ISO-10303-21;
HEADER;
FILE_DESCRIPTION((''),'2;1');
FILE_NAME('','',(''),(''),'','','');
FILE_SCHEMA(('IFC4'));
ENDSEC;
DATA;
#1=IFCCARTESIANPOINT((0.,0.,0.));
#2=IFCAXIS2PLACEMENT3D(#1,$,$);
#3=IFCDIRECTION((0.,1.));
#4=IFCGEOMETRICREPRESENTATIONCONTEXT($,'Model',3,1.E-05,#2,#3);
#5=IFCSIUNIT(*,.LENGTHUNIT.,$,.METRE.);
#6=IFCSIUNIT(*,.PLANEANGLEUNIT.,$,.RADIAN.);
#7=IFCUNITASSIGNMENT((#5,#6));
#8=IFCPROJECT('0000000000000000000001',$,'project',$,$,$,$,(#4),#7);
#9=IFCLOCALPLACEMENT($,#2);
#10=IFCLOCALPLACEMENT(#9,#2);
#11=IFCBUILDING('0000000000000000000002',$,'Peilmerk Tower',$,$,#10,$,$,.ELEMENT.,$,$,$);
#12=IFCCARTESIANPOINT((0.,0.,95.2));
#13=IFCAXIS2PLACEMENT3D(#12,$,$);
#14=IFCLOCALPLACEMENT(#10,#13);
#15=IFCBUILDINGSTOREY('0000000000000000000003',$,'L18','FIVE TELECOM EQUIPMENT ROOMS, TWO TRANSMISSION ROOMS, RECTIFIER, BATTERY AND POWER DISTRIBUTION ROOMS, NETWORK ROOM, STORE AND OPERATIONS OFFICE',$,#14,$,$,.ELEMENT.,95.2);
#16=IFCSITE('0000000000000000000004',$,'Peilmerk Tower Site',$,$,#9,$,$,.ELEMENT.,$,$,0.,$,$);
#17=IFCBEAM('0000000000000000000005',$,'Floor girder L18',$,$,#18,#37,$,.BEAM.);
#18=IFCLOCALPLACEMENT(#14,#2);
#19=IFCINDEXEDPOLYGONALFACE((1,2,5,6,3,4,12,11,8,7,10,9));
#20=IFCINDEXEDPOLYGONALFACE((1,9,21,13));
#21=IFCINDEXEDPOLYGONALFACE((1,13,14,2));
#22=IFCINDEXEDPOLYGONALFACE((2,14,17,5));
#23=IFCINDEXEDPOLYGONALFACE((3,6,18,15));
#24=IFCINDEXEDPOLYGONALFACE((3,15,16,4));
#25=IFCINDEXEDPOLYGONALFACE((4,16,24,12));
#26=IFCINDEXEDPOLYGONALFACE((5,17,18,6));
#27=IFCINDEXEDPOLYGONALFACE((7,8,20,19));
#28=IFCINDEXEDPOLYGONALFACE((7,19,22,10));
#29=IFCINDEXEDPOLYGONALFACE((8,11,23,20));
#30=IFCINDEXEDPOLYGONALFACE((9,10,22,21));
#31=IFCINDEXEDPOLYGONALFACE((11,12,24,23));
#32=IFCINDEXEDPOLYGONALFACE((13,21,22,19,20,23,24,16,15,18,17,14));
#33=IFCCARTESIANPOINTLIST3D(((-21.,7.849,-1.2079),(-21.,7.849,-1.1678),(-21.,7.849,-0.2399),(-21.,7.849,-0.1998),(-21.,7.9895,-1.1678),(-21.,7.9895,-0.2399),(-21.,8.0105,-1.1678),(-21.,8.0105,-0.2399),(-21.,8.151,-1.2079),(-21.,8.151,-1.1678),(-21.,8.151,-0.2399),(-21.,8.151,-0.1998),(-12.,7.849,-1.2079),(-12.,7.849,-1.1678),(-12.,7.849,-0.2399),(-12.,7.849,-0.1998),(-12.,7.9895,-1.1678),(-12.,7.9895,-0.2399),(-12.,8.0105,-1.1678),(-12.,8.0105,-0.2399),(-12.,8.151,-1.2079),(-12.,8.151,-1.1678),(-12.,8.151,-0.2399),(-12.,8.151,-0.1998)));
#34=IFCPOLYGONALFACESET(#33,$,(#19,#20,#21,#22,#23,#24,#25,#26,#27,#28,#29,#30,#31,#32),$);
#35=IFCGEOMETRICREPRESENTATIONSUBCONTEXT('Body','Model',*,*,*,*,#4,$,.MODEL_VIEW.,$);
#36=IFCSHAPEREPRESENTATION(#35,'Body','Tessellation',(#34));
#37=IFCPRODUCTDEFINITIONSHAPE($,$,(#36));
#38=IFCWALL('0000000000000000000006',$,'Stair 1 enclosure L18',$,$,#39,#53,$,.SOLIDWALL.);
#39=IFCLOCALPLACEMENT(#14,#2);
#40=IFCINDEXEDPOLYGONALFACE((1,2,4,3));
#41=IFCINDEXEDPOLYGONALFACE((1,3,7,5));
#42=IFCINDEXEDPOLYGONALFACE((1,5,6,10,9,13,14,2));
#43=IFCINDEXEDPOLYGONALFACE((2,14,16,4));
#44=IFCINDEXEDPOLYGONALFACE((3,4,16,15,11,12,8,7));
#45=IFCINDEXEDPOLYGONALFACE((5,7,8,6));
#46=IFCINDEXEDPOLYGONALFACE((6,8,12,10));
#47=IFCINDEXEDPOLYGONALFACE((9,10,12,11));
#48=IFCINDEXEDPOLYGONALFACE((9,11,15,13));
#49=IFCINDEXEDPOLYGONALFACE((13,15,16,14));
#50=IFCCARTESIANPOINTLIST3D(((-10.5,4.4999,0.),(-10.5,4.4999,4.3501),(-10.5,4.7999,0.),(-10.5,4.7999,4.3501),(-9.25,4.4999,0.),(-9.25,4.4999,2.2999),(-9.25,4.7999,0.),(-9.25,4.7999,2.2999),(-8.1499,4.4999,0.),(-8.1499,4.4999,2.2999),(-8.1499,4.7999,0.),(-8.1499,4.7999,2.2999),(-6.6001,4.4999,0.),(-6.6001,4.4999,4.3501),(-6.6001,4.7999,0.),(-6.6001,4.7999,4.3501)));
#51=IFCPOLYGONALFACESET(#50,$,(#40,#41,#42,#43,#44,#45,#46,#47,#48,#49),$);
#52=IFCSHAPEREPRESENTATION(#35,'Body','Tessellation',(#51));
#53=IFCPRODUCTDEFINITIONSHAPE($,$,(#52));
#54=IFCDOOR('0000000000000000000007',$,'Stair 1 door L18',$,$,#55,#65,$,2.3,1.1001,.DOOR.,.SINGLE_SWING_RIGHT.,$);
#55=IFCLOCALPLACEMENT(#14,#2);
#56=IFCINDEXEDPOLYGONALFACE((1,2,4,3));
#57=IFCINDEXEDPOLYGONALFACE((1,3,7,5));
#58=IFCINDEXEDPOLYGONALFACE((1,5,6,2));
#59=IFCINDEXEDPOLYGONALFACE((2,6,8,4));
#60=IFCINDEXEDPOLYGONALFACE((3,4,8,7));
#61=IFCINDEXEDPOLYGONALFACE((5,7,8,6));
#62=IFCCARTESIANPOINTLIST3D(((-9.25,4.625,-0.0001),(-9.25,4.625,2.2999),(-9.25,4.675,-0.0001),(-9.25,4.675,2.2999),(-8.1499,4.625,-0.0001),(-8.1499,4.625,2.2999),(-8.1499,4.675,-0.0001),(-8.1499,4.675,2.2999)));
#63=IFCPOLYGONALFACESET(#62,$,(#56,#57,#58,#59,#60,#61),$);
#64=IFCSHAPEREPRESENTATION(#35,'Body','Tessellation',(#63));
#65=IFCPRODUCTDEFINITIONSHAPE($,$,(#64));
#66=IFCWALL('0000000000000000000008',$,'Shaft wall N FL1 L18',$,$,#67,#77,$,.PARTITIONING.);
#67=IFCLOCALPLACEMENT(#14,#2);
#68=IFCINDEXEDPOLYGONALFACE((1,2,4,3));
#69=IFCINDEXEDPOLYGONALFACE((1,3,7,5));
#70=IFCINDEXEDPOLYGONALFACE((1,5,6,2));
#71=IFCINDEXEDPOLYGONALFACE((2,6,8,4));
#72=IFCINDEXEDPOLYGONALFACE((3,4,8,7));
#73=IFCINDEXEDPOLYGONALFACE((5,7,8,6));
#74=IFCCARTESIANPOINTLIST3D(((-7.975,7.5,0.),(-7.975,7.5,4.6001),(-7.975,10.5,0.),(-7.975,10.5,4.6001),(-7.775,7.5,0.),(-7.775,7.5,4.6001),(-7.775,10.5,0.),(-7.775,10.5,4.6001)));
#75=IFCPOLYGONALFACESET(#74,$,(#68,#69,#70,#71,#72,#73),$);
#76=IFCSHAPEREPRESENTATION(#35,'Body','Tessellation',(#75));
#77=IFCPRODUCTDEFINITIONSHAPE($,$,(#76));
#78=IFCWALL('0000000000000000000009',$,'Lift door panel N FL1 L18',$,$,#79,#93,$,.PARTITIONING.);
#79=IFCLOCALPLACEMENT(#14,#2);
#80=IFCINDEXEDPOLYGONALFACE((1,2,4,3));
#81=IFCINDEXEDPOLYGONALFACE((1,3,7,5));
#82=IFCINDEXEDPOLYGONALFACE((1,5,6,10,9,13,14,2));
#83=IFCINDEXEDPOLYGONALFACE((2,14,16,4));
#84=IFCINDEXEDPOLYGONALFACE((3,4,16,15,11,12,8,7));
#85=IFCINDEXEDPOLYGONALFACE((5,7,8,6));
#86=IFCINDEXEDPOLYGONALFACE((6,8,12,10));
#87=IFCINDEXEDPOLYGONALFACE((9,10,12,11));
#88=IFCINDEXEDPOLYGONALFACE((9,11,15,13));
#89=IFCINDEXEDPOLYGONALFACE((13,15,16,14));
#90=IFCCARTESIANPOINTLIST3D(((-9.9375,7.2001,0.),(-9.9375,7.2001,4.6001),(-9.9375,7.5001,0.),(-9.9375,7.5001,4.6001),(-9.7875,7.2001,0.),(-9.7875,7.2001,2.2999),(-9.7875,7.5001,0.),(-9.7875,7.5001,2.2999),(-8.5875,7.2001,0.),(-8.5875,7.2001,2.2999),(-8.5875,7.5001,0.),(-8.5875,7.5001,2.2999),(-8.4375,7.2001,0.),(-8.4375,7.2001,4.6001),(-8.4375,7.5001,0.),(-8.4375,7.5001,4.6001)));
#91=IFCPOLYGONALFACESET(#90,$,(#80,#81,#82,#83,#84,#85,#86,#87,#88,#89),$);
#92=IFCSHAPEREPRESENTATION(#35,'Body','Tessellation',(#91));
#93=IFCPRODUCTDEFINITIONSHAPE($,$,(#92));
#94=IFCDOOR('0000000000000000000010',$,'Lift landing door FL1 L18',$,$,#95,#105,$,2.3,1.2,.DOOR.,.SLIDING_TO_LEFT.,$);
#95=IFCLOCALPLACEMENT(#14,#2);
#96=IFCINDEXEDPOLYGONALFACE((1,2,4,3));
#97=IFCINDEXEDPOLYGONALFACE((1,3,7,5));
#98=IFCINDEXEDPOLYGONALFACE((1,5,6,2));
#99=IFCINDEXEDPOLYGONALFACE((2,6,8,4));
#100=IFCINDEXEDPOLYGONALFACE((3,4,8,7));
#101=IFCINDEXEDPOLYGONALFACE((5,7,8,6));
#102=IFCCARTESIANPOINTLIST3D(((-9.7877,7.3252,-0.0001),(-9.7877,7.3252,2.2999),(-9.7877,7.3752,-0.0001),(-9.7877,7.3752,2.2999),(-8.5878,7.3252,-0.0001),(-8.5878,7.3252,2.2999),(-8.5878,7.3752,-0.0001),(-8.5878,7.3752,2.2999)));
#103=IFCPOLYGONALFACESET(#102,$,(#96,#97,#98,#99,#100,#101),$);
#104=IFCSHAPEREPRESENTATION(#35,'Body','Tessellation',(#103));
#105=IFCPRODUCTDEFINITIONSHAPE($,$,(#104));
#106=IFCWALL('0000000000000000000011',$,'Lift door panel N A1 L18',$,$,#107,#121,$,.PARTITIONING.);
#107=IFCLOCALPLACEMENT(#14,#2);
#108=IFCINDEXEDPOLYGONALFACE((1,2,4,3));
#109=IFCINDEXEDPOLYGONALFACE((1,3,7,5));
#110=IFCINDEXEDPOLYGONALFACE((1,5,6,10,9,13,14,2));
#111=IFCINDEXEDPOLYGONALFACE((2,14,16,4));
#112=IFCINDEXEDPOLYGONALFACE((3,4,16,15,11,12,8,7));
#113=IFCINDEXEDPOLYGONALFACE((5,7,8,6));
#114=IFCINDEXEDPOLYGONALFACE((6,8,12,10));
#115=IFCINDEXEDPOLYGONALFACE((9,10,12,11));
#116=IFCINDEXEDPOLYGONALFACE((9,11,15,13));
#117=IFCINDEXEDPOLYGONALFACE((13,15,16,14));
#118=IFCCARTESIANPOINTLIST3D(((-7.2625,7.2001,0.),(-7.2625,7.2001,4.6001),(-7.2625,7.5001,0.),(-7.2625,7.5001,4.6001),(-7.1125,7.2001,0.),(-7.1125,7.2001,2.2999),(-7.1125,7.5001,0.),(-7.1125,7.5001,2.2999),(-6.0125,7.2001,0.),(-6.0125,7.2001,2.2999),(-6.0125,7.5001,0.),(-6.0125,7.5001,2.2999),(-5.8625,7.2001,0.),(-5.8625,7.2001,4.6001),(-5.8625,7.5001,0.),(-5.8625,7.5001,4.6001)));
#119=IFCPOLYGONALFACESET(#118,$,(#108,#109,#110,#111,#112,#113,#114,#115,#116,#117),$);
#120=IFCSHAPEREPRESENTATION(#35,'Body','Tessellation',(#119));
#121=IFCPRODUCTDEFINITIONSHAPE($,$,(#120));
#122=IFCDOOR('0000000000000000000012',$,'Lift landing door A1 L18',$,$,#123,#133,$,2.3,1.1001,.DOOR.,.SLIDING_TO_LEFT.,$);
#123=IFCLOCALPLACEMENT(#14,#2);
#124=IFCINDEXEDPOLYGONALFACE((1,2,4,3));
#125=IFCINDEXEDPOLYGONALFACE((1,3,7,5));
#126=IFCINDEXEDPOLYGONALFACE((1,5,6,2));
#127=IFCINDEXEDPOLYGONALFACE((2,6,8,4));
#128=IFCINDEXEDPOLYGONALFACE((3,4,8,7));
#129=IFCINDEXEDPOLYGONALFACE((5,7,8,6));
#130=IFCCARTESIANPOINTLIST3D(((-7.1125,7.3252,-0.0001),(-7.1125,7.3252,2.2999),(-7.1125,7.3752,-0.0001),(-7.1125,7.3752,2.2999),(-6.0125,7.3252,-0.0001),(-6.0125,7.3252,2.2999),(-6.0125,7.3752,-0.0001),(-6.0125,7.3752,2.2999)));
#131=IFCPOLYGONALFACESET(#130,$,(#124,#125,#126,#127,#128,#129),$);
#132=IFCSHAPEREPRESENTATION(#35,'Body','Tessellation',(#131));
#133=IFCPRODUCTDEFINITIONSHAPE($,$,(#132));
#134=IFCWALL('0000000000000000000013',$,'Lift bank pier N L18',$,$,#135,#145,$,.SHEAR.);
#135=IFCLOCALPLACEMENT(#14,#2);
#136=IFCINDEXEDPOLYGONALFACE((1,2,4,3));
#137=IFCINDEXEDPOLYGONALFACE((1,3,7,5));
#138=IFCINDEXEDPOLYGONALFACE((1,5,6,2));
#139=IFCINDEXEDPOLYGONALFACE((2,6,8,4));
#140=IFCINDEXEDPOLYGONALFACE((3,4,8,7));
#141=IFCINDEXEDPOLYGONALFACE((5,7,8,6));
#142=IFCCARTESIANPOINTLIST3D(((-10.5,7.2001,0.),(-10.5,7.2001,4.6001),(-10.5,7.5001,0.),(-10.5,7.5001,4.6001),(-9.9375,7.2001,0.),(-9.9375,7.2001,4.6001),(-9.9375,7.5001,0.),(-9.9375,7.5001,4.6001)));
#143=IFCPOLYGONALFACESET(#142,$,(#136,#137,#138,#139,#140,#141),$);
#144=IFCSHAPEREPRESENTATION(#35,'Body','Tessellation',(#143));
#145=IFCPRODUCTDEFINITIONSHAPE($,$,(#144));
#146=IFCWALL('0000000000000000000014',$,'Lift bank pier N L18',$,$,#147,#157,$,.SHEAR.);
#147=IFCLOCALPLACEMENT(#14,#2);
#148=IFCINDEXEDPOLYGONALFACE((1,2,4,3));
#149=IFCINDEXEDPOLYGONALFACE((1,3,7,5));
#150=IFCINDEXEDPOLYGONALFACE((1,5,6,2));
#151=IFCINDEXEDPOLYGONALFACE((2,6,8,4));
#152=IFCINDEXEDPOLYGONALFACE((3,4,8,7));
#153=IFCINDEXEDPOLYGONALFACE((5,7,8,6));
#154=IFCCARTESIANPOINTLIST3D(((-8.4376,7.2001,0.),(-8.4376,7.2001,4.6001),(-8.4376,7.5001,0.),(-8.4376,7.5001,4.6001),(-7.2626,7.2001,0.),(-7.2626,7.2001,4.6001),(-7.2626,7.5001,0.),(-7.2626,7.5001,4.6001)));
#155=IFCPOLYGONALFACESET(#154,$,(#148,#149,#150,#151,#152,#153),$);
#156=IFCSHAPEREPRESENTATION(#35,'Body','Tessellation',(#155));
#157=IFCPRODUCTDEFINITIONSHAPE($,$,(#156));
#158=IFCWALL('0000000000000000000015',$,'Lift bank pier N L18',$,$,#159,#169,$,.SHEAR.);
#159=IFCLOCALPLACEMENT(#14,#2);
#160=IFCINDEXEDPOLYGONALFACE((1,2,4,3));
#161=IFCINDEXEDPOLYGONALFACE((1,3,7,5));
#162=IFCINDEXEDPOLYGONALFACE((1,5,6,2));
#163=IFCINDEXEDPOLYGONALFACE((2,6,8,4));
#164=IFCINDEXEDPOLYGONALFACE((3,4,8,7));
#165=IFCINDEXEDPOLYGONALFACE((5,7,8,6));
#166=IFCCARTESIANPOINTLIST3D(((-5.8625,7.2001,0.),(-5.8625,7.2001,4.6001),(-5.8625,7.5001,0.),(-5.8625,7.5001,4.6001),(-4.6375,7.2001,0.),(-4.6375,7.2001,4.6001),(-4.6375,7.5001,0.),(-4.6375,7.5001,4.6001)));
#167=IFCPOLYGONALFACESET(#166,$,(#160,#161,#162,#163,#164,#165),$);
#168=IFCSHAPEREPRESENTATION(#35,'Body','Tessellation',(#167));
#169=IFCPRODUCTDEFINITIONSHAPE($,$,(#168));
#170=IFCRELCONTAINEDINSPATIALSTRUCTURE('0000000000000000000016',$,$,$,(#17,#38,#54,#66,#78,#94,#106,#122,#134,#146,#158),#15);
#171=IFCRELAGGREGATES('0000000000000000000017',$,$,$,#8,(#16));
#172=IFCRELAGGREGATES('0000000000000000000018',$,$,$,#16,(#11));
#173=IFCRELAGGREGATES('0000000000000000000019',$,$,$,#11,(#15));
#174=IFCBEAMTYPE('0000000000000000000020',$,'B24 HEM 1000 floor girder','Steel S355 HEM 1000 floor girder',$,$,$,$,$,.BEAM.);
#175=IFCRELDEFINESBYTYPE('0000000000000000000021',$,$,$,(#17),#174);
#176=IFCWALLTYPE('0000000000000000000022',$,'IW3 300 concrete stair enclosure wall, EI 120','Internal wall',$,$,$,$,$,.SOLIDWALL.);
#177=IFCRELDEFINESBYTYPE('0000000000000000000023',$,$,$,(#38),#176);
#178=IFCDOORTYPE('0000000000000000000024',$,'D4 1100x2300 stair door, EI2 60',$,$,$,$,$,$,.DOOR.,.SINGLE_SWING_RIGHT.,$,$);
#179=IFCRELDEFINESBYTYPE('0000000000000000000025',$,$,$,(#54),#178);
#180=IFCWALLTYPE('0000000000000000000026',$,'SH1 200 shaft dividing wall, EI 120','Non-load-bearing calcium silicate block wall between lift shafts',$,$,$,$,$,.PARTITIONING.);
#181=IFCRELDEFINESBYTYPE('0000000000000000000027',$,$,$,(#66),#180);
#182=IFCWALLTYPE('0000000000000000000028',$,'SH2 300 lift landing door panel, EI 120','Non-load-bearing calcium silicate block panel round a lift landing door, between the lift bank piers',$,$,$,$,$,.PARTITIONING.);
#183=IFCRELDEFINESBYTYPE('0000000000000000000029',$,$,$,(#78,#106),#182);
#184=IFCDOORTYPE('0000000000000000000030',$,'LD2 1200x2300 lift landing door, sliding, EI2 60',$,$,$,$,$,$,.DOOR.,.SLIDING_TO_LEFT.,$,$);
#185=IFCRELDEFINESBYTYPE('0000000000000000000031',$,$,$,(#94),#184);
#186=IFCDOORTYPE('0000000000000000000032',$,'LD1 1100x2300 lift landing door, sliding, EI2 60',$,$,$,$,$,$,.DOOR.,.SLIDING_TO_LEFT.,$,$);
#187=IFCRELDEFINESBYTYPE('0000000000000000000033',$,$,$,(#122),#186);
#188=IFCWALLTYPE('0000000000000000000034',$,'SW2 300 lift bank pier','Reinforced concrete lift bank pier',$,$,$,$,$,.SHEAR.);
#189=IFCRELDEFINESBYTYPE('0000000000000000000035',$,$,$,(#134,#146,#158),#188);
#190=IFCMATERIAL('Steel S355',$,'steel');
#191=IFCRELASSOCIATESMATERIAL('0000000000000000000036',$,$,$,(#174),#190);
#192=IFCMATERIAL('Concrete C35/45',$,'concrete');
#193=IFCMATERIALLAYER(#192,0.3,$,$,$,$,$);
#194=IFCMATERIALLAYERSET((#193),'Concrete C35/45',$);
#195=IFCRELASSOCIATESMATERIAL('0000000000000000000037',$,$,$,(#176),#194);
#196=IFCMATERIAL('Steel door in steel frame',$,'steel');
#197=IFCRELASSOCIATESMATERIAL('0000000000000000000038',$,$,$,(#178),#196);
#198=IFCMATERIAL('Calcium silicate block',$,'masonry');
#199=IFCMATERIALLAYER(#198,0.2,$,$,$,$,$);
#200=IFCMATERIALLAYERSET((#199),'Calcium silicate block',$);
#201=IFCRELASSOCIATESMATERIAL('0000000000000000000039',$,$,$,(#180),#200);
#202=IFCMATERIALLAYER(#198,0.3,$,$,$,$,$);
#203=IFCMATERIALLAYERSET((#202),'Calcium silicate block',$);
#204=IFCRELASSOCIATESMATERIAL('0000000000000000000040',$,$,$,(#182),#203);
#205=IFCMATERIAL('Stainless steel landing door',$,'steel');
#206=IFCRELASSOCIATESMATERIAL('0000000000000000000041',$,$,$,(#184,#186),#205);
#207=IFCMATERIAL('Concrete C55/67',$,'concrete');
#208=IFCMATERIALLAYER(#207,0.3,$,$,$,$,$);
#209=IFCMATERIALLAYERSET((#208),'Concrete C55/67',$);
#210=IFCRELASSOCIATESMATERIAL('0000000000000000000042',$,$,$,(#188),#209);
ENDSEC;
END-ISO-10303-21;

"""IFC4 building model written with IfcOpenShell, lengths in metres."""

from ifc_helpers import new_model, si_unit, direction, frame, frame_2d, origin, origin_2d, place, context, subcontext, project, spatial, rectangle, i_section, extrude, material, layer, layer_set, material_profile, profile_set, type_object, element, fill, save


model = new_model("IFC4")

# Units and contexts
model_context = context("Model", 3, precision=1e-05, world=origin(), true_north=direction((0.0, 1.0)))
body_context = subcontext(model_context, "Body", "Model", "MODEL_VIEW")
ifc_project = project(units=[si_unit("LENGTHUNIT", "METRE"), si_unit("PLANEANGLEUNIT", "RADIAN")], contexts=[model_context])

# Site, building, storey
site_placement = place(None, origin())
site = spatial("IfcSite", under=ifc_project, at=site_placement, Name="Peilmerk Tower Site", CompositionType="ELEMENT", RefElevation=0.0)
building_placement = place(site_placement, origin())
building = spatial("IfcBuilding", under=site, at=building_placement, Name="Peilmerk Tower", CompositionType="ELEMENT")
storey_placement = place(building_placement, frame((0.0, 0.0, 95.2)))
storey = spatial("IfcBuildingStorey", under=building, at=storey_placement, Name="L18", Description="FIVE TELECOM EQUIPMENT ROOMS, TWO TRANSMISSION ROOMS, RECTIFIER, BATTERY AND POWER DISTRIBUTION ROOMS, NETWORK ROOM, STORE AND OPERATIONS OFFICE", CompositionType="ELEMENT", Elevation=95.2)

# Beam
ifc_material_1 = material(Name="Steel S355", Category="steel")
ifc_material_profile = material_profile(ifc_material_1, i_section(OverallWidth=0.302, OverallDepth=1.0081, WebThickness=0.021, FlangeThickness=0.04, at=origin_2d()), Name="HEM 1000")
ifc_profile_set = profile_set([ifc_material_profile], Name="Steel S355")
beam_type = type_object("IfcBeamType", Name="B24 HEM 1000 floor girder", Description="Steel S355 HEM 1000 floor girder", PredefinedType="BEAM", material=ifc_profile_set)
beam_placement = place(storey_placement, frame((-12.0, 8.0, -0.7039), z_axis=(-1.0, 0.0, 0.0), x_axis=(0.0, -1.0, 0.0)))
element("IfcBeam", 1, at=beam_placement, inside=storey, type_object=beam_type, Name="Floor girder L18", PredefinedType="BEAM", context=body_context, shape_type="SweptSolid", body=[
    extrude(i_section(OverallWidth=0.302, OverallDepth=1.0081, WebThickness=0.021, FlangeThickness=0.04, at=origin_2d()), origin(), (0.0, 0.0, 1.0), 9.0),
])

# Wall, opening, door
ifc_material_2 = material(Name="Concrete C35/45", Category="concrete")
ifc_layer_1 = layer(ifc_material_2, 0.3)
ifc_layer_set_1 = layer_set([ifc_layer_1], Name="Concrete C35/45")
wall_type_1 = type_object("IfcWallType", Name="IW3 300 concrete stair enclosure wall, EI 120", Description="Internal wall", PredefinedType="SOLIDWALL", material=ifc_layer_set_1)
wall_1_placement = place(storey_placement, frame((-10.5, 4.6499, 0.0), z_axis=(0.0, 0.0, 1.0), x_axis=(1.0, 0.0, 0.0)))
wall_1 = element("IfcWall", 2, at=wall_1_placement, inside=storey, type_object=wall_type_1, Name="Stair 1 enclosure L18", PredefinedType="SOLIDWALL", context=body_context, shape_type="SweptSolid", body=[
    extrude(rectangle(XDim=3.8999, YDim=0.3, at=frame_2d((1.95, 0.0))), origin(), (0.0, 0.0, 1.0), 4.3501),
])
opening_1_placement = place(wall_1_placement, frame((1.25, 0.0, 0.0)))
opening_1 = element("IfcOpeningElement", 3, at=opening_1_placement, cuts=wall_1, PredefinedType="OPENING", context=body_context, shape_type="SweptSolid", body=[
    extrude(rectangle(XDim=1.1001, YDim=2.3, at=frame_2d((0.55, 1.1499))), frame((0.0, 0.1599, 0.0), z_axis=(0.0, -1.0, 0.0), x_axis=(1.0, 0.0, 0.0)), (0.0, 0.0, 1.0), 0.3201),
])
ifc_material_3 = material(Name="Steel door in steel frame", Category="steel")
door_type_1 = type_object("IfcDoorType", Name="D4 1100x2300 stair door, EI2 60", OperationType="SINGLE_SWING_RIGHT", PredefinedType="DOOR", material=ifc_material_3)
door_1_placement = place(opening_1_placement, frame((1.1001, 0.0, 0.0), z_axis=(0.0, 0.0, 1.0), x_axis=(-1.0, 0.0, 0.0)))
door_1 = element("IfcDoor", 4, at=door_1_placement, inside=storey, type_object=door_type_1, Name="Stair 1 door L18", OperationType="SINGLE_SWING_RIGHT", OverallHeight=2.3, OverallWidth=1.1001, PredefinedType="DOOR", context=body_context, shape_type="SweptSolid", body=[
    extrude(rectangle(XDim=1.1001, YDim=2.3, at=frame_2d((0.55, 1.1499))), frame((0.0, 0.0249, 0.0), z_axis=(0.0, -1.0, 0.0), x_axis=(1.0, 0.0, 0.0)), (0.0, 0.0, 1.0), 0.05),
])
fill(opening_1, door_1)

# Wall
ifc_material_4 = material(Name="Calcium silicate block", Category="masonry")
ifc_layer_2 = layer(ifc_material_4, 0.2)
ifc_layer_set_2 = layer_set([ifc_layer_2], Name="Calcium silicate block")
wall_type_2 = type_object("IfcWallType", Name="SH1 200 shaft dividing wall, EI 120", Description="Non-load-bearing calcium silicate block wall between lift shafts", PredefinedType="PARTITIONING", material=ifc_layer_set_2)
wall_2_placement = place(storey_placement, frame((-7.875, 7.5, 0.0), z_axis=(0.0, 0.0, 1.0), x_axis=(0.0, 1.0, 0.0)))
element("IfcWall", 5, at=wall_2_placement, inside=storey, type_object=wall_type_2, Name="Shaft wall N FL1 L18", PredefinedType="PARTITIONING", context=body_context, shape_type="SweptSolid", body=[
    extrude(rectangle(XDim=3.0, YDim=0.2, at=frame_2d((1.5, 0.0))), origin(), (0.0, 0.0, 1.0), 4.6001),
])

# Walls, openings, doors
ifc_layer_3 = layer(ifc_material_4, 0.3)
ifc_layer_set_3 = layer_set([ifc_layer_3], Name="Calcium silicate block")
wall_type_3 = type_object("IfcWallType", Name="SH2 300 lift landing door panel, EI 120", Description="Non-load-bearing calcium silicate block panel round a lift landing door, between the lift bank piers", PredefinedType="PARTITIONING", material=ifc_layer_set_3)
wall_3_placement = place(storey_placement, frame((-9.9375, 7.3501, 0.0), z_axis=(0.0, 0.0, 1.0), x_axis=(1.0, 0.0, 0.0)))
wall_3 = element("IfcWall", 6, at=wall_3_placement, inside=storey, type_object=wall_type_3, Name="Lift door panel N FL1 L18", PredefinedType="PARTITIONING", context=body_context, shape_type="SweptSolid", body=[
    extrude(rectangle(XDim=1.5, YDim=0.3, at=frame_2d((0.75, 0.0))), origin(), (0.0, 0.0, 1.0), 4.6001),
])
opening_2_placement = place(wall_3_placement, frame((0.1499, 0.0, 0.0)))
opening_2 = element("IfcOpeningElement", 7, at=opening_2_placement, cuts=wall_3, PredefinedType="OPENING", context=body_context, shape_type="SweptSolid", body=[
    extrude(rectangle(XDim=1.2, YDim=2.3, at=frame_2d((0.6001, 1.1499))), frame((0.0, 0.1599, 0.0), z_axis=(0.0, -1.0, 0.0), x_axis=(1.0, 0.0, 0.0)), (0.0, 0.0, 1.0), 0.3201),
])
ifc_material_5 = material(Name="Stainless steel landing door", Category="steel")
door_type_2 = type_object("IfcDoorType", Name="LD2 1200x2300 lift landing door, sliding, EI2 60", OperationType="SLIDING_TO_LEFT", PredefinedType="DOOR", material=ifc_material_5)
door_2_placement = place(opening_2_placement, frame((1.2, 0.0, 0.0), z_axis=(0.0, 0.0, 1.0), x_axis=(-1.0, 0.0, 0.0)))
door_2 = element("IfcDoor", 8, at=door_2_placement, inside=storey, type_object=door_type_2, Name="Lift landing door FL1 L18", OperationType="SLIDING_TO_LEFT", OverallHeight=2.3, OverallWidth=1.2, PredefinedType="DOOR", context=body_context, shape_type="SweptSolid", body=[
    extrude(rectangle(XDim=1.2, YDim=2.3, at=frame_2d((0.6001, 1.1499))), frame((0.0, 0.0249, 0.0), z_axis=(0.0, -1.0, 0.0), x_axis=(1.0, 0.0, 0.0)), (0.0, 0.0, 1.0), 0.05),
])
fill(opening_2, door_2)
wall_4_placement = place(storey_placement, frame((-7.2625, 7.3501, 0.0), z_axis=(0.0, 0.0, 1.0), x_axis=(1.0, 0.0, 0.0)))
wall_4 = element("IfcWall", 9, at=wall_4_placement, inside=storey, type_object=wall_type_3, Name="Lift door panel N A1 L18", PredefinedType="PARTITIONING", context=body_context, shape_type="SweptSolid", body=[
    extrude(rectangle(XDim=1.3999, YDim=0.3, at=frame_2d((0.7, 0.0))), origin(), (0.0, 0.0, 1.0), 4.6001),
])
opening_3_placement = place(wall_4_placement, frame((0.1499, 0.0, 0.0)))
opening_3 = element("IfcOpeningElement", 10, at=opening_3_placement, cuts=wall_4, PredefinedType="OPENING", context=body_context, shape_type="SweptSolid", body=[
    extrude(rectangle(XDim=1.1001, YDim=2.3, at=frame_2d((0.55, 1.1499))), frame((0.0, 0.1599, 0.0), z_axis=(0.0, -1.0, 0.0), x_axis=(1.0, 0.0, 0.0)), (0.0, 0.0, 1.0), 0.3201),
])
door_type_3 = type_object("IfcDoorType", Name="LD1 1100x2300 lift landing door, sliding, EI2 60", OperationType="SLIDING_TO_LEFT", PredefinedType="DOOR", material=ifc_material_5)
door_3_placement = place(opening_3_placement, frame((1.1001, 0.0, 0.0), z_axis=(0.0, 0.0, 1.0), x_axis=(-1.0, 0.0, 0.0)))
door_3 = element("IfcDoor", 11, at=door_3_placement, inside=storey, type_object=door_type_3, Name="Lift landing door A1 L18", OperationType="SLIDING_TO_LEFT", OverallHeight=2.3, OverallWidth=1.1001, PredefinedType="DOOR", context=body_context, shape_type="SweptSolid", body=[
    extrude(rectangle(XDim=1.1001, YDim=2.3, at=frame_2d((0.55, 1.1499))), frame((0.0, 0.0249, 0.0), z_axis=(0.0, -1.0, 0.0), x_axis=(1.0, 0.0, 0.0)), (0.0, 0.0, 1.0), 0.05),
])
fill(opening_3, door_3)

# Walls
ifc_material_6 = material(Name="Concrete C55/67", Category="concrete")
ifc_layer_4 = layer(ifc_material_6, 0.3)
ifc_layer_set_4 = layer_set([ifc_layer_4], Name="Concrete C55/67")
wall_type_4 = type_object("IfcWallType", Name="SW2 300 lift bank pier", Description="Reinforced concrete lift bank pier", PredefinedType="SHEAR", material=ifc_layer_set_4)
wall_5_placement = place(storey_placement, frame((-10.5, 7.3501, 0.0), z_axis=(0.0, 0.0, 1.0), x_axis=(1.0, 0.0, 0.0)))
element("IfcWall", 12, at=wall_5_placement, inside=storey, type_object=wall_type_4, Name="Lift bank pier N L18", PredefinedType="SHEAR", context=body_context, shape_type="SweptSolid", body=[
    extrude(rectangle(XDim=0.5625, YDim=0.3, at=frame_2d((0.2812, 0.0))), origin(), (0.0, 0.0, 1.0), 4.6001),
])
wall_6_placement = place(storey_placement, frame((-8.4375, 7.3501, 0.0), z_axis=(0.0, 0.0, 1.0), x_axis=(1.0, 0.0, 0.0)))
element("IfcWall", 13, at=wall_6_placement, inside=storey, type_object=wall_type_4, Name="Lift bank pier N L18", PredefinedType="SHEAR", context=body_context, shape_type="SweptSolid", body=[
    extrude(rectangle(XDim=1.175, YDim=0.3, at=frame_2d((0.5874, 0.0))), origin(), (0.0, 0.0, 1.0), 4.6001),
])
wall_7_placement = place(storey_placement, frame((-5.8625, 7.3501, 0.0), z_axis=(0.0, 0.0, 1.0), x_axis=(1.0, 0.0, 0.0)))
element("IfcWall", 14, at=wall_7_placement, inside=storey, type_object=wall_type_4, Name="Lift bank pier N L18", PredefinedType="SHEAR", context=body_context, shape_type="SweptSolid", body=[
    extrude(rectangle(XDim=1.2251, YDim=0.3, at=frame_2d((0.6125, 0.0))), origin(), (0.0, 0.0, 1.0), 4.6001),
])

save(model, "model.ifc")
